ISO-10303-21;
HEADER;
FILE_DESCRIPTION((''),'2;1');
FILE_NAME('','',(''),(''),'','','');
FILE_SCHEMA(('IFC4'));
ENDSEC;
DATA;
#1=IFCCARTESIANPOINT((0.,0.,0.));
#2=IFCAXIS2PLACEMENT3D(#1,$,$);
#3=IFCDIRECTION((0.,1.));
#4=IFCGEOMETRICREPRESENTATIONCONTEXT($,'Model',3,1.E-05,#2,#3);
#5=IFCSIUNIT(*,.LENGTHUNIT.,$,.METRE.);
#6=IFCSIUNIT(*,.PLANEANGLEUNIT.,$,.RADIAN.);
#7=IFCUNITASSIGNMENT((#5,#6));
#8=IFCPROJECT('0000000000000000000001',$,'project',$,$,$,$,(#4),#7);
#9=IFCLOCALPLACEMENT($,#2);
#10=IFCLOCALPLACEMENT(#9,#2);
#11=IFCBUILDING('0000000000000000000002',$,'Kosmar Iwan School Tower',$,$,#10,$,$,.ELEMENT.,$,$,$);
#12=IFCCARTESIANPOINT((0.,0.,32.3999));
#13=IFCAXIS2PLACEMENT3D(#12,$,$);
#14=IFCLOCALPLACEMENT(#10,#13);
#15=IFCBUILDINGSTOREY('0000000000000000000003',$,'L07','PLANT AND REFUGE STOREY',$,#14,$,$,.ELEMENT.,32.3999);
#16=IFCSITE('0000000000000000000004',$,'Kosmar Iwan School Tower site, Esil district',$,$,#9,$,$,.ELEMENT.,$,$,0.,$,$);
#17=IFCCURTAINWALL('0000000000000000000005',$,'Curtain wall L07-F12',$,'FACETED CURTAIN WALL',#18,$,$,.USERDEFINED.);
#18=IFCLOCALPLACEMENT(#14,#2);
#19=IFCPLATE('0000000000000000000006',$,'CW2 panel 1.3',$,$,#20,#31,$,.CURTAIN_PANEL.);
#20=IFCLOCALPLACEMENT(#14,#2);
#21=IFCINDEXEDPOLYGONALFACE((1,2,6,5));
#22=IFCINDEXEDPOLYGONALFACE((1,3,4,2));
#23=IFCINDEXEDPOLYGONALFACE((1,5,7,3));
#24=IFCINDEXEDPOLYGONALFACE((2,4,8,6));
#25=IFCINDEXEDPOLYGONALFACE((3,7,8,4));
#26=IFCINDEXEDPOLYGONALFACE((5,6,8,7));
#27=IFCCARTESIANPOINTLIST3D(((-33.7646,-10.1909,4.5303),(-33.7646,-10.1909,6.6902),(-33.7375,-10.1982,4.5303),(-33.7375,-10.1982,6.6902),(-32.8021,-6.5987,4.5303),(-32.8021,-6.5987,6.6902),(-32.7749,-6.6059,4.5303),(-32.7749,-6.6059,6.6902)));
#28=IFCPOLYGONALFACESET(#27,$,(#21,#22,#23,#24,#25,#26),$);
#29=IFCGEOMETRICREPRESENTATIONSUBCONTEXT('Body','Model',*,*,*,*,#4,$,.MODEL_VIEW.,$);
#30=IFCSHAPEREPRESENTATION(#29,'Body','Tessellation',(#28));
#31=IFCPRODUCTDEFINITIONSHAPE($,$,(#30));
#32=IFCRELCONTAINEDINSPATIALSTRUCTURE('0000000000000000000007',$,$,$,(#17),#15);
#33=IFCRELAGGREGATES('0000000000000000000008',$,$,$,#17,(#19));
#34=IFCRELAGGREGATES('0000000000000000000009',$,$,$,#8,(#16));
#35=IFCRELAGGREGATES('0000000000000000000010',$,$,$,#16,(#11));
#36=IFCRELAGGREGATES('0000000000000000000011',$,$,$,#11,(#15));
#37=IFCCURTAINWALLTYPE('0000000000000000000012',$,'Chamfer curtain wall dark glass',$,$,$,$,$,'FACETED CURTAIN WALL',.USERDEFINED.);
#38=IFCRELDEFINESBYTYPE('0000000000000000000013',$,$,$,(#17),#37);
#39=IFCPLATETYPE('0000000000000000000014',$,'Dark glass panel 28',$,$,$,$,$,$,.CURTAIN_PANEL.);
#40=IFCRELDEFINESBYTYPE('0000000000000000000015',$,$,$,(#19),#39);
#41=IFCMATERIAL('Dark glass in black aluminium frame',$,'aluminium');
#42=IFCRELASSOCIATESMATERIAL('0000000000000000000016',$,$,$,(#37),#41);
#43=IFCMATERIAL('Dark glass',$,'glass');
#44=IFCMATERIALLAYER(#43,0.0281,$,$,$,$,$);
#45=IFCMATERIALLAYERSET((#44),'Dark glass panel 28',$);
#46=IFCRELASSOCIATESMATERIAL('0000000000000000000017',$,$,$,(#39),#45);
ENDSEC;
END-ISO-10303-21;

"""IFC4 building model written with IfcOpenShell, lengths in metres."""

from ifc_helpers import new_model, si_unit, direction, frame, origin, origin_2d, place, context, subcontext, project, spatial, rectangle, extrude, material, layer, layer_set, type_object, element, aggregate, save


model = new_model("IFC4")

# Units and contexts
model_context = context("Model", 3, precision=1e-05, world=origin(), true_north=direction((0.0, 1.0)))
body_context = subcontext(model_context, "Body", "Model", "MODEL_VIEW")
ifc_project = project(units=[si_unit("LENGTHUNIT", "METRE"), si_unit("PLANEANGLEUNIT", "RADIAN")], contexts=[model_context])

# Site, building, storey
site_placement = place(None, origin())
site = spatial("IfcSite", under=ifc_project, at=site_placement, Name="Kosmar Iwan School Tower site, Esil district", CompositionType="ELEMENT", RefElevation=0.0)
building_placement = place(site_placement, origin())
building = spatial("IfcBuilding", under=site, at=building_placement, Name="Kosmar Iwan School Tower", CompositionType="ELEMENT")
storey_placement = place(building_placement, frame((0.0, 0.0, 32.3999)))
storey = spatial("IfcBuildingStorey", under=building, at=storey_placement, Name="L07", Description="PLANT AND REFUGE STOREY", CompositionType="ELEMENT", Elevation=32.3999)

# Curtain wall
ifc_material_1 = material(Name="Dark glass in black aluminium frame", Category="aluminium")
curtain_wall_type_1 = type_object("IfcCurtainWallType", Name="Chamfer curtain wall dark glass", ElementType="FACETED CURTAIN WALL", PredefinedType="USERDEFINED", material=ifc_material_1)
curtain_wall_1_placement = place(storey_placement, origin())
curtain_wall_1 = element("IfcCurtainWall", 1, at=curtain_wall_1_placement, inside=storey, type_object=curtain_wall_type_1, Name="Curtain wall L07-F12", ObjectType="FACETED CURTAIN WALL", PredefinedType="USERDEFINED")

# Plate
ifc_material_2 = material(Name="Dark glass", Category="glass")
ifc_layer_1 = layer(ifc_material_2, 0.0281)
ifc_layer_set_1 = layer_set([ifc_layer_1], Name="Dark glass panel 28")
plate_type_1 = type_object("IfcPlateType", Name="Dark glass panel 28", PredefinedType="CURTAIN_PANEL", material=ifc_layer_set_1)
plate_1_placement = place(storey_placement, frame((-33.2698, -8.3984, 4.5303), z_axis=(0.0, 0.0, 1.0), x_axis=(-0.258819, -0.965926, 0.0)))
plate_1 = element("IfcPlate", 2, at=plate_1_placement, type_object=plate_type_1, Name="CW2 panel 1.3", PredefinedType="CURTAIN_PANEL", context=body_context, shape_type="SweptSolid", body=[
    extrude(rectangle(XDim=3.719, YDim=0.0281, at=origin_2d()), origin(), (0.0, 0.0, 1.0), 2.1599),
])
aggregate(curtain_wall_1, [plate_1])

save(model, "model.ifc")
